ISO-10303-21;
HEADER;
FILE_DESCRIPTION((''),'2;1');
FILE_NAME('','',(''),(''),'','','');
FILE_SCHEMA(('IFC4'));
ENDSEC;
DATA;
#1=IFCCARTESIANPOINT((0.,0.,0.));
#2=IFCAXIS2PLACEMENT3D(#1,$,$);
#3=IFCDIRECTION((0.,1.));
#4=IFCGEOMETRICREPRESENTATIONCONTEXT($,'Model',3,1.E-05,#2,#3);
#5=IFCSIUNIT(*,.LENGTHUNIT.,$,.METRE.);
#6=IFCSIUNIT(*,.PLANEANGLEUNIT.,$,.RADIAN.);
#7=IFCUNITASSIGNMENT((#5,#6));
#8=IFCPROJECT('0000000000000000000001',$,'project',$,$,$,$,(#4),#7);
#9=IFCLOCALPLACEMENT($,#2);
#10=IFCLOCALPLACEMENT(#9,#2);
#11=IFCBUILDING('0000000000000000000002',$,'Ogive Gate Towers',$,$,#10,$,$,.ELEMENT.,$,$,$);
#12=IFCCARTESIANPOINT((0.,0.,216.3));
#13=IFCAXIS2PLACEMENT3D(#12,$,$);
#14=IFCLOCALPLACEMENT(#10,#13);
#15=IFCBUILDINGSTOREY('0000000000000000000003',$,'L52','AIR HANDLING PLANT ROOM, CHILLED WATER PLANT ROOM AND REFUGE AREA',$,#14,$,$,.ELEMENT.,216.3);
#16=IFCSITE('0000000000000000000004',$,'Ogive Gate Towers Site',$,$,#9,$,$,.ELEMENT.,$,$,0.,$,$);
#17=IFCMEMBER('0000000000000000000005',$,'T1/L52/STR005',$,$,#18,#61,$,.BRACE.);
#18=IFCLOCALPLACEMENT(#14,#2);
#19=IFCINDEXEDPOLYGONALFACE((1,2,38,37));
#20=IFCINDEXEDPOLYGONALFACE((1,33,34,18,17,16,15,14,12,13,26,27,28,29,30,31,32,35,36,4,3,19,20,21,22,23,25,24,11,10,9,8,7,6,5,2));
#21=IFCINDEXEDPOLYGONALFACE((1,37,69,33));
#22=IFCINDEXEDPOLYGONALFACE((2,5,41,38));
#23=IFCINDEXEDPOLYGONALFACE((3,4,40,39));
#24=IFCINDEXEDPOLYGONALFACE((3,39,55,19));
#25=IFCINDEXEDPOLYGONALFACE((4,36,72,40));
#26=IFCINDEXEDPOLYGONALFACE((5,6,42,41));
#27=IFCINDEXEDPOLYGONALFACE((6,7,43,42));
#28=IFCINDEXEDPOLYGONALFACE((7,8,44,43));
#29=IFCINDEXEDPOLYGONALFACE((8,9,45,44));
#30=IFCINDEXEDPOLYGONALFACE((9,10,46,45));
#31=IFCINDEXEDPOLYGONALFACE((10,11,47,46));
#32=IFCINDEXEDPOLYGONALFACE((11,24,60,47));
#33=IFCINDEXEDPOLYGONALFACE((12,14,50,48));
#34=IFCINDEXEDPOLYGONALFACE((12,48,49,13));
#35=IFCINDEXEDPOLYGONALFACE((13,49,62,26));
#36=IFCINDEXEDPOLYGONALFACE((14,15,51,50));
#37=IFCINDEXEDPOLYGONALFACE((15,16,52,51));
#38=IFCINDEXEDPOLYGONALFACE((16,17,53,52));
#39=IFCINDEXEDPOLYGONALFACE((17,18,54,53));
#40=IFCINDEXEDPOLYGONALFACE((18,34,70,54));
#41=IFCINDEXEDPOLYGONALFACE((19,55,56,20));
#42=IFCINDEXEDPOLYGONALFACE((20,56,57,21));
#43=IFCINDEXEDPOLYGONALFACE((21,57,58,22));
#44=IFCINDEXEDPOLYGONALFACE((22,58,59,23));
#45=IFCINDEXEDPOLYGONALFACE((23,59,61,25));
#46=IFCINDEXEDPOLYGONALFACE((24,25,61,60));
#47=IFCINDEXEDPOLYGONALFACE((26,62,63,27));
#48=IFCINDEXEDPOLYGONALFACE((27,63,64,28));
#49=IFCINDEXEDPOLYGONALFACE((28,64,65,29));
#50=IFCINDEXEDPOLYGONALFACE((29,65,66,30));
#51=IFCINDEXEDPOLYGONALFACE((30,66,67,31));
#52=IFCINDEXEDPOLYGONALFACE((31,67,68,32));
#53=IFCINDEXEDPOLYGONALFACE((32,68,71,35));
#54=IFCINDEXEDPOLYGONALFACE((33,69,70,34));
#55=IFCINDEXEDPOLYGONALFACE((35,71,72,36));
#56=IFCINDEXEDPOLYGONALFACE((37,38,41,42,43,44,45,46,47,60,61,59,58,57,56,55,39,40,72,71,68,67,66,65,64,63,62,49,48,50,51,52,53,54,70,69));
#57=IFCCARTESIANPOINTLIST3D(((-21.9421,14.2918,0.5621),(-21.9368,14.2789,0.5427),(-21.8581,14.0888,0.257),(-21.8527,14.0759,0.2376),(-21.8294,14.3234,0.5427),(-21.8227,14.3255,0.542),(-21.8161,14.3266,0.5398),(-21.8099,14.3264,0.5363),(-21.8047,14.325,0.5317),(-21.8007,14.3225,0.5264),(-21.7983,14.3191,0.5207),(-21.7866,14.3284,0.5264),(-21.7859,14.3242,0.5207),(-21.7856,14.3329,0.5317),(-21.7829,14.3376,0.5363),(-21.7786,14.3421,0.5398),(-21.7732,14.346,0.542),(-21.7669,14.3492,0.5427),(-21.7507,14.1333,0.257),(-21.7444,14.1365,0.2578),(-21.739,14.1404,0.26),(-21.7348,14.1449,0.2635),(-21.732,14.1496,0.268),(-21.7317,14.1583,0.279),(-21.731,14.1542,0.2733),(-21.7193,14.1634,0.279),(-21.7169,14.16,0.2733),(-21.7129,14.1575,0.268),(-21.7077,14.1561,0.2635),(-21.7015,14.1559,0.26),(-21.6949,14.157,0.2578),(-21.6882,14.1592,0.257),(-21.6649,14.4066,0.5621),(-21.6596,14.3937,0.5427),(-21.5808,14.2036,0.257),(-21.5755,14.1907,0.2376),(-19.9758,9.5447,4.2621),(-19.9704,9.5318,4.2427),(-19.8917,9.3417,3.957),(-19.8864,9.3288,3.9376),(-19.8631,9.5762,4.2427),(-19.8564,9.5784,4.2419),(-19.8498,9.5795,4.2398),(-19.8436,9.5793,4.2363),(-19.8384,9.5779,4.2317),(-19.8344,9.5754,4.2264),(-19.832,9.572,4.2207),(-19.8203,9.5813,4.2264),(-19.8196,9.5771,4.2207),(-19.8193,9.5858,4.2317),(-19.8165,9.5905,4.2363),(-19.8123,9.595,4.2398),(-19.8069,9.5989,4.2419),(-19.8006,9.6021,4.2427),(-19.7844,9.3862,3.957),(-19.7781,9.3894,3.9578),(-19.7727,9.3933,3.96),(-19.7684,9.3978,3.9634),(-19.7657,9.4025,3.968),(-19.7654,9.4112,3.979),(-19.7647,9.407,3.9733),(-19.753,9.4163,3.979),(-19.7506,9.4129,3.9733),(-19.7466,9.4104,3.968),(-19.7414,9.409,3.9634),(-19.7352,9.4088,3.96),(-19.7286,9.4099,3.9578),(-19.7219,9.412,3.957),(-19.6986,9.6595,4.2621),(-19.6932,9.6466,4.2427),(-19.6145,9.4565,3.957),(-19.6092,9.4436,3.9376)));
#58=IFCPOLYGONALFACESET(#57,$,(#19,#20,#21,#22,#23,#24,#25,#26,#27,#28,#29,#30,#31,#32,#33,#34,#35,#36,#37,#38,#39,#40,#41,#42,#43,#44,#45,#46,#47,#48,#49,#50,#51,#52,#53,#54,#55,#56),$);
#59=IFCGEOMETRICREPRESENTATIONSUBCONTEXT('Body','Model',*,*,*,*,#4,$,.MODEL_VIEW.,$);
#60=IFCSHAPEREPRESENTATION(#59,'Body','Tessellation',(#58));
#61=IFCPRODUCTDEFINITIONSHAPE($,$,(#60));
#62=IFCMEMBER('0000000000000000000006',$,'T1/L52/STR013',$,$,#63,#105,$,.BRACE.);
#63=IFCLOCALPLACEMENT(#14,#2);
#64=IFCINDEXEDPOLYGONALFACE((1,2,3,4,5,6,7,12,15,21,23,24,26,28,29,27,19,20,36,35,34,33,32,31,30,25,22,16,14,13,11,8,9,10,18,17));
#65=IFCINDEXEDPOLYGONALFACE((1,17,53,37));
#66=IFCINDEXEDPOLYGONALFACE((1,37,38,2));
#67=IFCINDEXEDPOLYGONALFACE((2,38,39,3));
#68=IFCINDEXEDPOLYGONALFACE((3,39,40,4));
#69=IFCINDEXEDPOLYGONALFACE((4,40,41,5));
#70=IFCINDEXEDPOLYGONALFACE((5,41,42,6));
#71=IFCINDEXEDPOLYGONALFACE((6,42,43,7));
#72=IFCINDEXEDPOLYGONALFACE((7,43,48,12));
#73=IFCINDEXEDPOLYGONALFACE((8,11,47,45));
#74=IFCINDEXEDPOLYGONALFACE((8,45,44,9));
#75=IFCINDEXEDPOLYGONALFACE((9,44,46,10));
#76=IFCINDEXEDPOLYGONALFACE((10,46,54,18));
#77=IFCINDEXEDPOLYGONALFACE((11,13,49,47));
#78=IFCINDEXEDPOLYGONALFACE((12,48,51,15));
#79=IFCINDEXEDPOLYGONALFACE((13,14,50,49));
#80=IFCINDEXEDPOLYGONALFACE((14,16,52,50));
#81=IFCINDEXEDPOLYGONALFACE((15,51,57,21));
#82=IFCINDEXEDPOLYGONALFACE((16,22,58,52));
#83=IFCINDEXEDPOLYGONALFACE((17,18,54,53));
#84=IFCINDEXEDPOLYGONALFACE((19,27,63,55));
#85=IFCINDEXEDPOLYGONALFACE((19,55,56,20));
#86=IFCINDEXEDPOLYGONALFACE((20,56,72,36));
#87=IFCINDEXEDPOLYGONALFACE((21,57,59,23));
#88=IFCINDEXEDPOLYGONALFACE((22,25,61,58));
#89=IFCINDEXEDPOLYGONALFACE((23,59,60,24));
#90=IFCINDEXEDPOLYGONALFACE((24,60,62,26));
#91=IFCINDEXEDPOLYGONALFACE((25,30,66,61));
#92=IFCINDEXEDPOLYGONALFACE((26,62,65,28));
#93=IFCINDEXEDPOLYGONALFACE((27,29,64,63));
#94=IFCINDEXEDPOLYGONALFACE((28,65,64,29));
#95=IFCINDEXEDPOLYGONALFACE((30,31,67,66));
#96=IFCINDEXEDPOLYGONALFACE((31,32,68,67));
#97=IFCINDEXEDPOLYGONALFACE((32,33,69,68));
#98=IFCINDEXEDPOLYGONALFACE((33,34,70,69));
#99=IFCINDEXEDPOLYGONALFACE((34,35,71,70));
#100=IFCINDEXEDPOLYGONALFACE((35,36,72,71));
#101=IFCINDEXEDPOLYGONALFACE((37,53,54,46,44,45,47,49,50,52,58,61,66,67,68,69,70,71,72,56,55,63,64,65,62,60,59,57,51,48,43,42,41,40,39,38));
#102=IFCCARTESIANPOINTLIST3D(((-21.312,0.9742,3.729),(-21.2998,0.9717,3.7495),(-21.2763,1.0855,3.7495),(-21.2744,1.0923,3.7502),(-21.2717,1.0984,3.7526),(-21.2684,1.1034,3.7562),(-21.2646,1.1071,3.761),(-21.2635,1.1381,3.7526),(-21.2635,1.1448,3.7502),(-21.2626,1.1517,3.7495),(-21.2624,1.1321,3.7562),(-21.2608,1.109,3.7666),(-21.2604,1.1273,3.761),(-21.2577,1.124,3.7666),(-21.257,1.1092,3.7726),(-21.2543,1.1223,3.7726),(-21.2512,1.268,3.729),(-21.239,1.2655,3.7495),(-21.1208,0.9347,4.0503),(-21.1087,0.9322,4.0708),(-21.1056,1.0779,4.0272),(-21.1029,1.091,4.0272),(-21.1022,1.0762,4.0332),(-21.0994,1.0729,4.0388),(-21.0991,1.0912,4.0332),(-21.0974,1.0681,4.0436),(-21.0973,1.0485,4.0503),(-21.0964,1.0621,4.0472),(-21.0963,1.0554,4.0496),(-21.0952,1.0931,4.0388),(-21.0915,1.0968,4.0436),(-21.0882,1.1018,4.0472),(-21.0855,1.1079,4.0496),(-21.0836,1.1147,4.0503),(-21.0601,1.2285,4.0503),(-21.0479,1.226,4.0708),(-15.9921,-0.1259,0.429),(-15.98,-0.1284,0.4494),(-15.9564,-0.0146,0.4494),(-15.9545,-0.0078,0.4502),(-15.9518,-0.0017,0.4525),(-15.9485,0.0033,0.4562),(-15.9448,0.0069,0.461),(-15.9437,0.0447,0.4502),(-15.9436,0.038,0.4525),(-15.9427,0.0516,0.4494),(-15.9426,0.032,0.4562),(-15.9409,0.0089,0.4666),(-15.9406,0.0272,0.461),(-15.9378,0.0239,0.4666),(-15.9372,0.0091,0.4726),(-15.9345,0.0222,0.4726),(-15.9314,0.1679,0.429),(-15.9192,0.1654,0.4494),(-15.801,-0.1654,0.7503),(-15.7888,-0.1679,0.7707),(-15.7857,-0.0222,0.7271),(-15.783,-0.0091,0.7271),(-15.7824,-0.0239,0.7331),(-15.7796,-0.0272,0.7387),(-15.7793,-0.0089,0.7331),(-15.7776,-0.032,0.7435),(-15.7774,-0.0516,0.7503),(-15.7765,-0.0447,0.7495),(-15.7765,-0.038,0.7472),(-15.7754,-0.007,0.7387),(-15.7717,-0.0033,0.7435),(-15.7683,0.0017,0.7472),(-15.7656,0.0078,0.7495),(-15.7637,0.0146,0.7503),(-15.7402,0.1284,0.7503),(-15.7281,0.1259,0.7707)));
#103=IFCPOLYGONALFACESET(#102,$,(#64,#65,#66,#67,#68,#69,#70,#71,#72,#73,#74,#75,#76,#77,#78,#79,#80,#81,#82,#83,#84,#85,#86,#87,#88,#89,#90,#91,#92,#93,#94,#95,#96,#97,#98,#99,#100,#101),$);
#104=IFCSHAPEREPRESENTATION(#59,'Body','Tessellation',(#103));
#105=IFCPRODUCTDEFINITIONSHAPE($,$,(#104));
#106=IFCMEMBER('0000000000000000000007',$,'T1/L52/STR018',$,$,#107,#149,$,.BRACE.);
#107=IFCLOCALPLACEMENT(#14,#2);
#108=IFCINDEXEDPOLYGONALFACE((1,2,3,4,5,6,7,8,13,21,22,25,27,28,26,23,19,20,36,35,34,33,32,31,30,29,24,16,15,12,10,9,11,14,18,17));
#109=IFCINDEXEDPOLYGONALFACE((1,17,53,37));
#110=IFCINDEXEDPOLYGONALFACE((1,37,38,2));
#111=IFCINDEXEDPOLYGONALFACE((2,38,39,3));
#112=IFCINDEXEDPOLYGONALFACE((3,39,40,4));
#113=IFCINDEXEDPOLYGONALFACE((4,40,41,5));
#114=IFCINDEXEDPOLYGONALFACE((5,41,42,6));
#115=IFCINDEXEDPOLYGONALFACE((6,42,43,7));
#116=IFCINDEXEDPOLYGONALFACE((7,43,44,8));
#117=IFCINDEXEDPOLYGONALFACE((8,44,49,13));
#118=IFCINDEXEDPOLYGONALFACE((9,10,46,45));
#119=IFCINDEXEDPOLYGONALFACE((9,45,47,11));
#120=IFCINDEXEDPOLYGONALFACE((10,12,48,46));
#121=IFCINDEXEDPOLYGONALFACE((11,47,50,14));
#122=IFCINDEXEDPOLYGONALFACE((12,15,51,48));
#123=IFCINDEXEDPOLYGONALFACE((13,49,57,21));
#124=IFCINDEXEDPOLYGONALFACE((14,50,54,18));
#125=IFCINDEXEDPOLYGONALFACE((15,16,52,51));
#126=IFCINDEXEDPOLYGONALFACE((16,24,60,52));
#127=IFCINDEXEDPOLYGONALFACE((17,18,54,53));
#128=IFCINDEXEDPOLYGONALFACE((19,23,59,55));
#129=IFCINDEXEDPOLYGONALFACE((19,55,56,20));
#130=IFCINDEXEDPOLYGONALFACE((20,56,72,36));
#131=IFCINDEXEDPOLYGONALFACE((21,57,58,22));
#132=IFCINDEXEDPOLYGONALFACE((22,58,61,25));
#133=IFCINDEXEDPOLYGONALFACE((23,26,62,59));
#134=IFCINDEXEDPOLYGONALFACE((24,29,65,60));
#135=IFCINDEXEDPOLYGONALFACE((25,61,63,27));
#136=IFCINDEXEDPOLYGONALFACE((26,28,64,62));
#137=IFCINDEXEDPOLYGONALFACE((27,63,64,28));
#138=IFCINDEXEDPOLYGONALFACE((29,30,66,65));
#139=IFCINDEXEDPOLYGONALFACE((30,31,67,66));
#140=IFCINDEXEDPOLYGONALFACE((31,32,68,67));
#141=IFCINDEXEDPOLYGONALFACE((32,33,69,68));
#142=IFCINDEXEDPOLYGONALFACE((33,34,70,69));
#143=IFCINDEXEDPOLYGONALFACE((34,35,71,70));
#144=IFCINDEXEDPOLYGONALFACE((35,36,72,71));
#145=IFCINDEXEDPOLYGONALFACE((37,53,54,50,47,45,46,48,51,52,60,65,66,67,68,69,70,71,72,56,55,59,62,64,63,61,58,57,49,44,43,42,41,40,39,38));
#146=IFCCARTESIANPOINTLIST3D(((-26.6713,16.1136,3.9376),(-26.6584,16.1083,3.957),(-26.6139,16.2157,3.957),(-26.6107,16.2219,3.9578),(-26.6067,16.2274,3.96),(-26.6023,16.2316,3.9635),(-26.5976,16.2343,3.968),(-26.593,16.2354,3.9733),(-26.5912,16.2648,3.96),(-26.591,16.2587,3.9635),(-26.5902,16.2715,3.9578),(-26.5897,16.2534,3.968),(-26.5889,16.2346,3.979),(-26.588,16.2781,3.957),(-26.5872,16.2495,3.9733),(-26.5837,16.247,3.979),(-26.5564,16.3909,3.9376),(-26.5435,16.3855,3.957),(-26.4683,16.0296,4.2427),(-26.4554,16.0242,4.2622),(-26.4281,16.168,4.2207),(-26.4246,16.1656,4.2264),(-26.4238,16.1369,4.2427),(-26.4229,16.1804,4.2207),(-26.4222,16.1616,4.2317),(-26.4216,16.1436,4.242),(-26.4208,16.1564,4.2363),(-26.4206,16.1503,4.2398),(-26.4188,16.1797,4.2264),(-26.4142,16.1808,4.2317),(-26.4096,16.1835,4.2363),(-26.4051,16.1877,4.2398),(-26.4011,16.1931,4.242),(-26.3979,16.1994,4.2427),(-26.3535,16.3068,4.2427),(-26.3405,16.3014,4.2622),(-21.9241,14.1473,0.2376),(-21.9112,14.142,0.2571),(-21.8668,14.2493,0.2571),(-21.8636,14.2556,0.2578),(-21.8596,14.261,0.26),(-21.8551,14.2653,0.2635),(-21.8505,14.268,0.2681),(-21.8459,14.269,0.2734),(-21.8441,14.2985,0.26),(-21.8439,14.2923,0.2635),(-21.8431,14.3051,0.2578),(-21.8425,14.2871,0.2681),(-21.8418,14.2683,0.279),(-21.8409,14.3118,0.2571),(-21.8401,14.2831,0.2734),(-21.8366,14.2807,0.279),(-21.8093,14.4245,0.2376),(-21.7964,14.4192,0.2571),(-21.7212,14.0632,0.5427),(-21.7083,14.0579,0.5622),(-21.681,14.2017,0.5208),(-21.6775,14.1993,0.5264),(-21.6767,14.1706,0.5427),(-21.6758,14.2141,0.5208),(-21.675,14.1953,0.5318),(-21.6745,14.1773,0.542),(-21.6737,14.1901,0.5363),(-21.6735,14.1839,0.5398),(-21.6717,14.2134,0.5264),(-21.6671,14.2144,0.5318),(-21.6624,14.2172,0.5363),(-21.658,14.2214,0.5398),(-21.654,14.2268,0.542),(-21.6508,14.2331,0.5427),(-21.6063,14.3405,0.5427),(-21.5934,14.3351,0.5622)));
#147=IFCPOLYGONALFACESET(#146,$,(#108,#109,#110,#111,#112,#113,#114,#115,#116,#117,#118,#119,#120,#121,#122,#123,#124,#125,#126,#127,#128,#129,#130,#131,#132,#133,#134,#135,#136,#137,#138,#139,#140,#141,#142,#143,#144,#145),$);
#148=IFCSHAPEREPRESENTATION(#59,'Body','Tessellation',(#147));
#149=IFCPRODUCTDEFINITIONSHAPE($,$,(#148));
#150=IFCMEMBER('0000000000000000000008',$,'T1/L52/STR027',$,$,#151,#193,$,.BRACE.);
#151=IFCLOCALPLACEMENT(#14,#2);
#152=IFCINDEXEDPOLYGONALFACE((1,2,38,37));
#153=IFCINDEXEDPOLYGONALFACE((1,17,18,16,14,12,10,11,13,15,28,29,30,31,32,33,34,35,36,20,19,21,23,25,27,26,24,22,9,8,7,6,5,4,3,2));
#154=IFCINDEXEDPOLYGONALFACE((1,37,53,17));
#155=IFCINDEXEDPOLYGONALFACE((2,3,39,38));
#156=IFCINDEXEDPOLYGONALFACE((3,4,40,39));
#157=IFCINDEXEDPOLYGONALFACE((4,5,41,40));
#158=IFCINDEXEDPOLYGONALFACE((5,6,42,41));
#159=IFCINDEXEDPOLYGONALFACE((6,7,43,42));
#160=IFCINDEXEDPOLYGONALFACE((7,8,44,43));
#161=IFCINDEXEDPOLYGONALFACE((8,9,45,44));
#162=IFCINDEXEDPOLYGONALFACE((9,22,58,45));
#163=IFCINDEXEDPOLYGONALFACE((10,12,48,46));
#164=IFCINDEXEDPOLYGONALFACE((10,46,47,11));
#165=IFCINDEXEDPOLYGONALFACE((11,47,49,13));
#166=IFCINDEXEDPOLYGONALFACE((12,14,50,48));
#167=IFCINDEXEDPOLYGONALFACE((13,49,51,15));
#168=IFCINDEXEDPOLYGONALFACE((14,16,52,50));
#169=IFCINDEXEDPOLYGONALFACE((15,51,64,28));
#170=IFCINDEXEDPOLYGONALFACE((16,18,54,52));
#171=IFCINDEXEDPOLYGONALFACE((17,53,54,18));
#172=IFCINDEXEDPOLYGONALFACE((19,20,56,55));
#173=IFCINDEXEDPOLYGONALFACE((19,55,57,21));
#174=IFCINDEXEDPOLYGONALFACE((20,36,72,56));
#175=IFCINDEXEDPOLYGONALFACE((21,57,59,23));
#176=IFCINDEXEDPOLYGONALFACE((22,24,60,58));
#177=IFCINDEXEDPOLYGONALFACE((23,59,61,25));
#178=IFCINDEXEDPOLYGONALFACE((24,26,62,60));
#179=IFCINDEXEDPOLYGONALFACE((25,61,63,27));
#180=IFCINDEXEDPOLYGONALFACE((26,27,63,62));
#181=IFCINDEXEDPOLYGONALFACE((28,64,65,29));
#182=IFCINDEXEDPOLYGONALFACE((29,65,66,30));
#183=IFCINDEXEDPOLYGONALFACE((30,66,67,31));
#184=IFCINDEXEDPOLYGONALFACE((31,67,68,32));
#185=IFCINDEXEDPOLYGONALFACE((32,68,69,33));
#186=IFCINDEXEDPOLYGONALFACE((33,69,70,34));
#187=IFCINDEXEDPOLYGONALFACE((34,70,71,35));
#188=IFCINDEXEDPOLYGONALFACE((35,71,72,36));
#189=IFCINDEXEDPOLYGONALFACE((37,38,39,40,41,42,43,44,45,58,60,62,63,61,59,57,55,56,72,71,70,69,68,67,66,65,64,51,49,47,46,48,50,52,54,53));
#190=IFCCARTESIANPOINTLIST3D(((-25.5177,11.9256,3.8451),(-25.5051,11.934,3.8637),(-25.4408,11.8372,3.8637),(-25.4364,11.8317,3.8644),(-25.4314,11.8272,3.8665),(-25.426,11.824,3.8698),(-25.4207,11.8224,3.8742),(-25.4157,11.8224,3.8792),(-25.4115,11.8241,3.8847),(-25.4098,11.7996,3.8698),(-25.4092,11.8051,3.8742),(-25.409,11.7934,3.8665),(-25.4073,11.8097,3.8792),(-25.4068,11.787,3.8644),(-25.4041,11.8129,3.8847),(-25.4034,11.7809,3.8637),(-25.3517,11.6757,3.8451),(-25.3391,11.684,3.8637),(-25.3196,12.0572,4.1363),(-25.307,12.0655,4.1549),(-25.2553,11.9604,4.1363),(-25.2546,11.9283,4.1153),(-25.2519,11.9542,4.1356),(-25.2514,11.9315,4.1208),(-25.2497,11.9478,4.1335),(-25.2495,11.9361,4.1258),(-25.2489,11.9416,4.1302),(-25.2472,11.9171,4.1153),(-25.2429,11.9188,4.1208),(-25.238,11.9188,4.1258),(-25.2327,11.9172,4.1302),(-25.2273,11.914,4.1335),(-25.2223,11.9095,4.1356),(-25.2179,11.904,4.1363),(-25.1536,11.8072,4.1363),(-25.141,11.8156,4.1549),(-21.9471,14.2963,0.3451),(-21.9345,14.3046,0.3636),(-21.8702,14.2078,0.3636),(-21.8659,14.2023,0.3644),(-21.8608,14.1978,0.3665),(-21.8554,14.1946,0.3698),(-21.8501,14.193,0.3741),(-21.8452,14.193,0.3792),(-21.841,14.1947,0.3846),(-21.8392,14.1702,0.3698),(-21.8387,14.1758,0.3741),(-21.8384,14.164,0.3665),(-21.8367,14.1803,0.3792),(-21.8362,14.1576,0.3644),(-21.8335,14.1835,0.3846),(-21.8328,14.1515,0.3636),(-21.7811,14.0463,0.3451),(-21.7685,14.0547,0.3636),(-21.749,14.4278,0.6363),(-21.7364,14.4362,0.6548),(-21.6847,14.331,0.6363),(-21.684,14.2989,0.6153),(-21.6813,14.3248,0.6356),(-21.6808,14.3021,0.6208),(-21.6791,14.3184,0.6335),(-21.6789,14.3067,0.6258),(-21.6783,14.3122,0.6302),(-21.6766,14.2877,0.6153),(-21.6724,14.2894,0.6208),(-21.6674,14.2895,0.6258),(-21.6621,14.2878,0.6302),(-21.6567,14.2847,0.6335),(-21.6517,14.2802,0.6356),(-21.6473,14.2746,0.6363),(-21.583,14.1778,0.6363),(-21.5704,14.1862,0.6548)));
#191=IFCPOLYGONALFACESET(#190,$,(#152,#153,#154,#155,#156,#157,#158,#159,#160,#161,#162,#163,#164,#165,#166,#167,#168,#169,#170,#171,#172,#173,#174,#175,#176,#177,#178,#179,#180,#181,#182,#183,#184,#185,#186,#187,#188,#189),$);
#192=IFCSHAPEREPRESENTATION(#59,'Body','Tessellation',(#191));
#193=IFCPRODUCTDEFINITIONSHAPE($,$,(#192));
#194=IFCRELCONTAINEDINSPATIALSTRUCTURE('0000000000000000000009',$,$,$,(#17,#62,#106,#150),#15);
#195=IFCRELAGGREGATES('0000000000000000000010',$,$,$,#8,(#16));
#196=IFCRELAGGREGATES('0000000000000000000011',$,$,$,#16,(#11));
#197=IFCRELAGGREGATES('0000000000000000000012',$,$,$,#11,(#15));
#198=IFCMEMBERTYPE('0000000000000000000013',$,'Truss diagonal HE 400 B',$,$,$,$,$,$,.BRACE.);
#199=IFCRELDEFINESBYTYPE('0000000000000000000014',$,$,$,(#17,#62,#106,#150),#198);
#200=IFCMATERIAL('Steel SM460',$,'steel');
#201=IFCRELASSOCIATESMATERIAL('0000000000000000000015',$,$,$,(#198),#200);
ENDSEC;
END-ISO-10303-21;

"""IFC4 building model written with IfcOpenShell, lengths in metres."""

from ifc_helpers import new_model, si_unit, direction, frame, origin, origin_2d, place, context, subcontext, project, spatial, i_section, extrude, material, material_profile, profile_set, type_object, element, save


model = new_model("IFC4")

# Units and contexts
model_context = context("Model", 3, precision=1e-05, world=origin(), true_north=direction((0.0, 1.0)))
body_context = subcontext(model_context, "Body", "Model", "MODEL_VIEW")
ifc_project = project(units=[si_unit("LENGTHUNIT", "METRE"), si_unit("PLANEANGLEUNIT", "RADIAN")], contexts=[model_context])

# Site, building, storey
site_placement = place(None, origin())
site = spatial("IfcSite", under=ifc_project, at=site_placement, Name="Ogive Gate Towers Site", CompositionType="ELEMENT", RefElevation=0.0)
building_placement = place(site_placement, origin())
building = spatial("IfcBuilding", under=site, at=building_placement, Name="Ogive Gate Towers", CompositionType="ELEMENT")
storey_placement = place(building_placement, frame((0.0, 0.0, 216.3)))
storey = spatial("IfcBuildingStorey", under=building, at=storey_placement, Name="L52", Description="AIR HANDLING PLANT ROOM, CHILLED WATER PLANT ROOM AND REFUGE AREA", CompositionType="ELEMENT", Elevation=216.3)

# Shared definitions
ifc_material_1 = material(Name="Steel SM460", Category="steel")

# Members
ifc_material_profile_1 = material_profile(ifc_material_1, i_section(OverallWidth=0.3, OverallDepth=0.3999, WebThickness=0.0134, FlangeThickness=0.0239, FilletRadius=0.0271, at=origin_2d()), Name="HE 400 B")
ifc_profile_set_1 = profile_set([ifc_material_profile_1], Name="Steel SM460")
member_type_1 = type_object("IfcMemberType", Name="Truss diagonal HE 400 B", PredefinedType="BRACE", material=ifc_profile_set_1)
member_1_placement = place(storey_placement, frame((-19.7925, 9.4941, 4.0999), z_axis=(-0.310549, 0.749728, -0.584352), x_axis=(-0.923879, -0.382685, 0.0)))
element("IfcMember", 1, at=member_1_placement, inside=storey, type_object=member_type_1, Name="T1/L52/STR005", PredefinedType="BRACE", context=body_context, shape_type="SweptSolid", body=[
    extrude(i_section(OverallWidth=0.3, OverallDepth=0.3999, WebThickness=0.0134, FlangeThickness=0.0239, FilletRadius=0.0271, at=origin_2d()), origin(), (0.0, 0.0, 1.0), 6.3318),
])
member_2_placement = place(storey_placement, frame((-21.1799, 1.1001, 3.8999), z_axis=(0.836953, -0.173075, -0.519187), x_axis=(0.202508, 0.979281, 0.0)))
element("IfcMember", 2, at=member_2_placement, inside=storey, type_object=member_type_1, Name="T1/L52/STR013", PredefinedType="BRACE", context=body_context, shape_type="SweptSolid", body=[
    extrude(i_section(OverallWidth=0.3, OverallDepth=0.3999, WebThickness=0.0134, FlangeThickness=0.0239, FilletRadius=0.0271, at=origin_2d()), origin(), (0.0, 0.0, 1.0), 6.3562),
])
member_3_placement = place(storey_placement, frame((-21.7588, 14.2412, 0.3999), z_axis=(-0.749728, 0.310549, 0.584352), x_axis=(-0.382685, -0.923879, 0.0)))
element("IfcMember", 3, at=member_3_placement, inside=storey, type_object=member_type_1, Name="T1/L52/STR018", PredefinedType="BRACE", context=body_context, shape_type="SweptSolid", body=[
    extrude(i_section(OverallWidth=0.3, OverallDepth=0.3999, WebThickness=0.0134, FlangeThickness=0.0239, FilletRadius=0.0271, at=origin_2d()), origin(), (0.0, 0.0, 1.0), 6.3318),
])
member_4_placement = place(storey_placement, frame((-25.3293, 11.8706, 4.0), z_axis=(0.645272, 0.428417, -0.632521), x_axis=(-0.553122, 0.8331, 0.0)))
element("IfcMember", 4, at=member_4_placement, inside=storey, type_object=member_type_1, Name="T1/L52/STR027", PredefinedType="BRACE", context=body_context, shape_type="SweptSolid", body=[
    extrude(i_section(OverallWidth=0.3, OverallDepth=0.3999, WebThickness=0.0134, FlangeThickness=0.0239, FilletRadius=0.0271, at=origin_2d()), origin(), (0.0, 0.0, 1.0), 5.5334),
])

save(model, "model.ifc")
